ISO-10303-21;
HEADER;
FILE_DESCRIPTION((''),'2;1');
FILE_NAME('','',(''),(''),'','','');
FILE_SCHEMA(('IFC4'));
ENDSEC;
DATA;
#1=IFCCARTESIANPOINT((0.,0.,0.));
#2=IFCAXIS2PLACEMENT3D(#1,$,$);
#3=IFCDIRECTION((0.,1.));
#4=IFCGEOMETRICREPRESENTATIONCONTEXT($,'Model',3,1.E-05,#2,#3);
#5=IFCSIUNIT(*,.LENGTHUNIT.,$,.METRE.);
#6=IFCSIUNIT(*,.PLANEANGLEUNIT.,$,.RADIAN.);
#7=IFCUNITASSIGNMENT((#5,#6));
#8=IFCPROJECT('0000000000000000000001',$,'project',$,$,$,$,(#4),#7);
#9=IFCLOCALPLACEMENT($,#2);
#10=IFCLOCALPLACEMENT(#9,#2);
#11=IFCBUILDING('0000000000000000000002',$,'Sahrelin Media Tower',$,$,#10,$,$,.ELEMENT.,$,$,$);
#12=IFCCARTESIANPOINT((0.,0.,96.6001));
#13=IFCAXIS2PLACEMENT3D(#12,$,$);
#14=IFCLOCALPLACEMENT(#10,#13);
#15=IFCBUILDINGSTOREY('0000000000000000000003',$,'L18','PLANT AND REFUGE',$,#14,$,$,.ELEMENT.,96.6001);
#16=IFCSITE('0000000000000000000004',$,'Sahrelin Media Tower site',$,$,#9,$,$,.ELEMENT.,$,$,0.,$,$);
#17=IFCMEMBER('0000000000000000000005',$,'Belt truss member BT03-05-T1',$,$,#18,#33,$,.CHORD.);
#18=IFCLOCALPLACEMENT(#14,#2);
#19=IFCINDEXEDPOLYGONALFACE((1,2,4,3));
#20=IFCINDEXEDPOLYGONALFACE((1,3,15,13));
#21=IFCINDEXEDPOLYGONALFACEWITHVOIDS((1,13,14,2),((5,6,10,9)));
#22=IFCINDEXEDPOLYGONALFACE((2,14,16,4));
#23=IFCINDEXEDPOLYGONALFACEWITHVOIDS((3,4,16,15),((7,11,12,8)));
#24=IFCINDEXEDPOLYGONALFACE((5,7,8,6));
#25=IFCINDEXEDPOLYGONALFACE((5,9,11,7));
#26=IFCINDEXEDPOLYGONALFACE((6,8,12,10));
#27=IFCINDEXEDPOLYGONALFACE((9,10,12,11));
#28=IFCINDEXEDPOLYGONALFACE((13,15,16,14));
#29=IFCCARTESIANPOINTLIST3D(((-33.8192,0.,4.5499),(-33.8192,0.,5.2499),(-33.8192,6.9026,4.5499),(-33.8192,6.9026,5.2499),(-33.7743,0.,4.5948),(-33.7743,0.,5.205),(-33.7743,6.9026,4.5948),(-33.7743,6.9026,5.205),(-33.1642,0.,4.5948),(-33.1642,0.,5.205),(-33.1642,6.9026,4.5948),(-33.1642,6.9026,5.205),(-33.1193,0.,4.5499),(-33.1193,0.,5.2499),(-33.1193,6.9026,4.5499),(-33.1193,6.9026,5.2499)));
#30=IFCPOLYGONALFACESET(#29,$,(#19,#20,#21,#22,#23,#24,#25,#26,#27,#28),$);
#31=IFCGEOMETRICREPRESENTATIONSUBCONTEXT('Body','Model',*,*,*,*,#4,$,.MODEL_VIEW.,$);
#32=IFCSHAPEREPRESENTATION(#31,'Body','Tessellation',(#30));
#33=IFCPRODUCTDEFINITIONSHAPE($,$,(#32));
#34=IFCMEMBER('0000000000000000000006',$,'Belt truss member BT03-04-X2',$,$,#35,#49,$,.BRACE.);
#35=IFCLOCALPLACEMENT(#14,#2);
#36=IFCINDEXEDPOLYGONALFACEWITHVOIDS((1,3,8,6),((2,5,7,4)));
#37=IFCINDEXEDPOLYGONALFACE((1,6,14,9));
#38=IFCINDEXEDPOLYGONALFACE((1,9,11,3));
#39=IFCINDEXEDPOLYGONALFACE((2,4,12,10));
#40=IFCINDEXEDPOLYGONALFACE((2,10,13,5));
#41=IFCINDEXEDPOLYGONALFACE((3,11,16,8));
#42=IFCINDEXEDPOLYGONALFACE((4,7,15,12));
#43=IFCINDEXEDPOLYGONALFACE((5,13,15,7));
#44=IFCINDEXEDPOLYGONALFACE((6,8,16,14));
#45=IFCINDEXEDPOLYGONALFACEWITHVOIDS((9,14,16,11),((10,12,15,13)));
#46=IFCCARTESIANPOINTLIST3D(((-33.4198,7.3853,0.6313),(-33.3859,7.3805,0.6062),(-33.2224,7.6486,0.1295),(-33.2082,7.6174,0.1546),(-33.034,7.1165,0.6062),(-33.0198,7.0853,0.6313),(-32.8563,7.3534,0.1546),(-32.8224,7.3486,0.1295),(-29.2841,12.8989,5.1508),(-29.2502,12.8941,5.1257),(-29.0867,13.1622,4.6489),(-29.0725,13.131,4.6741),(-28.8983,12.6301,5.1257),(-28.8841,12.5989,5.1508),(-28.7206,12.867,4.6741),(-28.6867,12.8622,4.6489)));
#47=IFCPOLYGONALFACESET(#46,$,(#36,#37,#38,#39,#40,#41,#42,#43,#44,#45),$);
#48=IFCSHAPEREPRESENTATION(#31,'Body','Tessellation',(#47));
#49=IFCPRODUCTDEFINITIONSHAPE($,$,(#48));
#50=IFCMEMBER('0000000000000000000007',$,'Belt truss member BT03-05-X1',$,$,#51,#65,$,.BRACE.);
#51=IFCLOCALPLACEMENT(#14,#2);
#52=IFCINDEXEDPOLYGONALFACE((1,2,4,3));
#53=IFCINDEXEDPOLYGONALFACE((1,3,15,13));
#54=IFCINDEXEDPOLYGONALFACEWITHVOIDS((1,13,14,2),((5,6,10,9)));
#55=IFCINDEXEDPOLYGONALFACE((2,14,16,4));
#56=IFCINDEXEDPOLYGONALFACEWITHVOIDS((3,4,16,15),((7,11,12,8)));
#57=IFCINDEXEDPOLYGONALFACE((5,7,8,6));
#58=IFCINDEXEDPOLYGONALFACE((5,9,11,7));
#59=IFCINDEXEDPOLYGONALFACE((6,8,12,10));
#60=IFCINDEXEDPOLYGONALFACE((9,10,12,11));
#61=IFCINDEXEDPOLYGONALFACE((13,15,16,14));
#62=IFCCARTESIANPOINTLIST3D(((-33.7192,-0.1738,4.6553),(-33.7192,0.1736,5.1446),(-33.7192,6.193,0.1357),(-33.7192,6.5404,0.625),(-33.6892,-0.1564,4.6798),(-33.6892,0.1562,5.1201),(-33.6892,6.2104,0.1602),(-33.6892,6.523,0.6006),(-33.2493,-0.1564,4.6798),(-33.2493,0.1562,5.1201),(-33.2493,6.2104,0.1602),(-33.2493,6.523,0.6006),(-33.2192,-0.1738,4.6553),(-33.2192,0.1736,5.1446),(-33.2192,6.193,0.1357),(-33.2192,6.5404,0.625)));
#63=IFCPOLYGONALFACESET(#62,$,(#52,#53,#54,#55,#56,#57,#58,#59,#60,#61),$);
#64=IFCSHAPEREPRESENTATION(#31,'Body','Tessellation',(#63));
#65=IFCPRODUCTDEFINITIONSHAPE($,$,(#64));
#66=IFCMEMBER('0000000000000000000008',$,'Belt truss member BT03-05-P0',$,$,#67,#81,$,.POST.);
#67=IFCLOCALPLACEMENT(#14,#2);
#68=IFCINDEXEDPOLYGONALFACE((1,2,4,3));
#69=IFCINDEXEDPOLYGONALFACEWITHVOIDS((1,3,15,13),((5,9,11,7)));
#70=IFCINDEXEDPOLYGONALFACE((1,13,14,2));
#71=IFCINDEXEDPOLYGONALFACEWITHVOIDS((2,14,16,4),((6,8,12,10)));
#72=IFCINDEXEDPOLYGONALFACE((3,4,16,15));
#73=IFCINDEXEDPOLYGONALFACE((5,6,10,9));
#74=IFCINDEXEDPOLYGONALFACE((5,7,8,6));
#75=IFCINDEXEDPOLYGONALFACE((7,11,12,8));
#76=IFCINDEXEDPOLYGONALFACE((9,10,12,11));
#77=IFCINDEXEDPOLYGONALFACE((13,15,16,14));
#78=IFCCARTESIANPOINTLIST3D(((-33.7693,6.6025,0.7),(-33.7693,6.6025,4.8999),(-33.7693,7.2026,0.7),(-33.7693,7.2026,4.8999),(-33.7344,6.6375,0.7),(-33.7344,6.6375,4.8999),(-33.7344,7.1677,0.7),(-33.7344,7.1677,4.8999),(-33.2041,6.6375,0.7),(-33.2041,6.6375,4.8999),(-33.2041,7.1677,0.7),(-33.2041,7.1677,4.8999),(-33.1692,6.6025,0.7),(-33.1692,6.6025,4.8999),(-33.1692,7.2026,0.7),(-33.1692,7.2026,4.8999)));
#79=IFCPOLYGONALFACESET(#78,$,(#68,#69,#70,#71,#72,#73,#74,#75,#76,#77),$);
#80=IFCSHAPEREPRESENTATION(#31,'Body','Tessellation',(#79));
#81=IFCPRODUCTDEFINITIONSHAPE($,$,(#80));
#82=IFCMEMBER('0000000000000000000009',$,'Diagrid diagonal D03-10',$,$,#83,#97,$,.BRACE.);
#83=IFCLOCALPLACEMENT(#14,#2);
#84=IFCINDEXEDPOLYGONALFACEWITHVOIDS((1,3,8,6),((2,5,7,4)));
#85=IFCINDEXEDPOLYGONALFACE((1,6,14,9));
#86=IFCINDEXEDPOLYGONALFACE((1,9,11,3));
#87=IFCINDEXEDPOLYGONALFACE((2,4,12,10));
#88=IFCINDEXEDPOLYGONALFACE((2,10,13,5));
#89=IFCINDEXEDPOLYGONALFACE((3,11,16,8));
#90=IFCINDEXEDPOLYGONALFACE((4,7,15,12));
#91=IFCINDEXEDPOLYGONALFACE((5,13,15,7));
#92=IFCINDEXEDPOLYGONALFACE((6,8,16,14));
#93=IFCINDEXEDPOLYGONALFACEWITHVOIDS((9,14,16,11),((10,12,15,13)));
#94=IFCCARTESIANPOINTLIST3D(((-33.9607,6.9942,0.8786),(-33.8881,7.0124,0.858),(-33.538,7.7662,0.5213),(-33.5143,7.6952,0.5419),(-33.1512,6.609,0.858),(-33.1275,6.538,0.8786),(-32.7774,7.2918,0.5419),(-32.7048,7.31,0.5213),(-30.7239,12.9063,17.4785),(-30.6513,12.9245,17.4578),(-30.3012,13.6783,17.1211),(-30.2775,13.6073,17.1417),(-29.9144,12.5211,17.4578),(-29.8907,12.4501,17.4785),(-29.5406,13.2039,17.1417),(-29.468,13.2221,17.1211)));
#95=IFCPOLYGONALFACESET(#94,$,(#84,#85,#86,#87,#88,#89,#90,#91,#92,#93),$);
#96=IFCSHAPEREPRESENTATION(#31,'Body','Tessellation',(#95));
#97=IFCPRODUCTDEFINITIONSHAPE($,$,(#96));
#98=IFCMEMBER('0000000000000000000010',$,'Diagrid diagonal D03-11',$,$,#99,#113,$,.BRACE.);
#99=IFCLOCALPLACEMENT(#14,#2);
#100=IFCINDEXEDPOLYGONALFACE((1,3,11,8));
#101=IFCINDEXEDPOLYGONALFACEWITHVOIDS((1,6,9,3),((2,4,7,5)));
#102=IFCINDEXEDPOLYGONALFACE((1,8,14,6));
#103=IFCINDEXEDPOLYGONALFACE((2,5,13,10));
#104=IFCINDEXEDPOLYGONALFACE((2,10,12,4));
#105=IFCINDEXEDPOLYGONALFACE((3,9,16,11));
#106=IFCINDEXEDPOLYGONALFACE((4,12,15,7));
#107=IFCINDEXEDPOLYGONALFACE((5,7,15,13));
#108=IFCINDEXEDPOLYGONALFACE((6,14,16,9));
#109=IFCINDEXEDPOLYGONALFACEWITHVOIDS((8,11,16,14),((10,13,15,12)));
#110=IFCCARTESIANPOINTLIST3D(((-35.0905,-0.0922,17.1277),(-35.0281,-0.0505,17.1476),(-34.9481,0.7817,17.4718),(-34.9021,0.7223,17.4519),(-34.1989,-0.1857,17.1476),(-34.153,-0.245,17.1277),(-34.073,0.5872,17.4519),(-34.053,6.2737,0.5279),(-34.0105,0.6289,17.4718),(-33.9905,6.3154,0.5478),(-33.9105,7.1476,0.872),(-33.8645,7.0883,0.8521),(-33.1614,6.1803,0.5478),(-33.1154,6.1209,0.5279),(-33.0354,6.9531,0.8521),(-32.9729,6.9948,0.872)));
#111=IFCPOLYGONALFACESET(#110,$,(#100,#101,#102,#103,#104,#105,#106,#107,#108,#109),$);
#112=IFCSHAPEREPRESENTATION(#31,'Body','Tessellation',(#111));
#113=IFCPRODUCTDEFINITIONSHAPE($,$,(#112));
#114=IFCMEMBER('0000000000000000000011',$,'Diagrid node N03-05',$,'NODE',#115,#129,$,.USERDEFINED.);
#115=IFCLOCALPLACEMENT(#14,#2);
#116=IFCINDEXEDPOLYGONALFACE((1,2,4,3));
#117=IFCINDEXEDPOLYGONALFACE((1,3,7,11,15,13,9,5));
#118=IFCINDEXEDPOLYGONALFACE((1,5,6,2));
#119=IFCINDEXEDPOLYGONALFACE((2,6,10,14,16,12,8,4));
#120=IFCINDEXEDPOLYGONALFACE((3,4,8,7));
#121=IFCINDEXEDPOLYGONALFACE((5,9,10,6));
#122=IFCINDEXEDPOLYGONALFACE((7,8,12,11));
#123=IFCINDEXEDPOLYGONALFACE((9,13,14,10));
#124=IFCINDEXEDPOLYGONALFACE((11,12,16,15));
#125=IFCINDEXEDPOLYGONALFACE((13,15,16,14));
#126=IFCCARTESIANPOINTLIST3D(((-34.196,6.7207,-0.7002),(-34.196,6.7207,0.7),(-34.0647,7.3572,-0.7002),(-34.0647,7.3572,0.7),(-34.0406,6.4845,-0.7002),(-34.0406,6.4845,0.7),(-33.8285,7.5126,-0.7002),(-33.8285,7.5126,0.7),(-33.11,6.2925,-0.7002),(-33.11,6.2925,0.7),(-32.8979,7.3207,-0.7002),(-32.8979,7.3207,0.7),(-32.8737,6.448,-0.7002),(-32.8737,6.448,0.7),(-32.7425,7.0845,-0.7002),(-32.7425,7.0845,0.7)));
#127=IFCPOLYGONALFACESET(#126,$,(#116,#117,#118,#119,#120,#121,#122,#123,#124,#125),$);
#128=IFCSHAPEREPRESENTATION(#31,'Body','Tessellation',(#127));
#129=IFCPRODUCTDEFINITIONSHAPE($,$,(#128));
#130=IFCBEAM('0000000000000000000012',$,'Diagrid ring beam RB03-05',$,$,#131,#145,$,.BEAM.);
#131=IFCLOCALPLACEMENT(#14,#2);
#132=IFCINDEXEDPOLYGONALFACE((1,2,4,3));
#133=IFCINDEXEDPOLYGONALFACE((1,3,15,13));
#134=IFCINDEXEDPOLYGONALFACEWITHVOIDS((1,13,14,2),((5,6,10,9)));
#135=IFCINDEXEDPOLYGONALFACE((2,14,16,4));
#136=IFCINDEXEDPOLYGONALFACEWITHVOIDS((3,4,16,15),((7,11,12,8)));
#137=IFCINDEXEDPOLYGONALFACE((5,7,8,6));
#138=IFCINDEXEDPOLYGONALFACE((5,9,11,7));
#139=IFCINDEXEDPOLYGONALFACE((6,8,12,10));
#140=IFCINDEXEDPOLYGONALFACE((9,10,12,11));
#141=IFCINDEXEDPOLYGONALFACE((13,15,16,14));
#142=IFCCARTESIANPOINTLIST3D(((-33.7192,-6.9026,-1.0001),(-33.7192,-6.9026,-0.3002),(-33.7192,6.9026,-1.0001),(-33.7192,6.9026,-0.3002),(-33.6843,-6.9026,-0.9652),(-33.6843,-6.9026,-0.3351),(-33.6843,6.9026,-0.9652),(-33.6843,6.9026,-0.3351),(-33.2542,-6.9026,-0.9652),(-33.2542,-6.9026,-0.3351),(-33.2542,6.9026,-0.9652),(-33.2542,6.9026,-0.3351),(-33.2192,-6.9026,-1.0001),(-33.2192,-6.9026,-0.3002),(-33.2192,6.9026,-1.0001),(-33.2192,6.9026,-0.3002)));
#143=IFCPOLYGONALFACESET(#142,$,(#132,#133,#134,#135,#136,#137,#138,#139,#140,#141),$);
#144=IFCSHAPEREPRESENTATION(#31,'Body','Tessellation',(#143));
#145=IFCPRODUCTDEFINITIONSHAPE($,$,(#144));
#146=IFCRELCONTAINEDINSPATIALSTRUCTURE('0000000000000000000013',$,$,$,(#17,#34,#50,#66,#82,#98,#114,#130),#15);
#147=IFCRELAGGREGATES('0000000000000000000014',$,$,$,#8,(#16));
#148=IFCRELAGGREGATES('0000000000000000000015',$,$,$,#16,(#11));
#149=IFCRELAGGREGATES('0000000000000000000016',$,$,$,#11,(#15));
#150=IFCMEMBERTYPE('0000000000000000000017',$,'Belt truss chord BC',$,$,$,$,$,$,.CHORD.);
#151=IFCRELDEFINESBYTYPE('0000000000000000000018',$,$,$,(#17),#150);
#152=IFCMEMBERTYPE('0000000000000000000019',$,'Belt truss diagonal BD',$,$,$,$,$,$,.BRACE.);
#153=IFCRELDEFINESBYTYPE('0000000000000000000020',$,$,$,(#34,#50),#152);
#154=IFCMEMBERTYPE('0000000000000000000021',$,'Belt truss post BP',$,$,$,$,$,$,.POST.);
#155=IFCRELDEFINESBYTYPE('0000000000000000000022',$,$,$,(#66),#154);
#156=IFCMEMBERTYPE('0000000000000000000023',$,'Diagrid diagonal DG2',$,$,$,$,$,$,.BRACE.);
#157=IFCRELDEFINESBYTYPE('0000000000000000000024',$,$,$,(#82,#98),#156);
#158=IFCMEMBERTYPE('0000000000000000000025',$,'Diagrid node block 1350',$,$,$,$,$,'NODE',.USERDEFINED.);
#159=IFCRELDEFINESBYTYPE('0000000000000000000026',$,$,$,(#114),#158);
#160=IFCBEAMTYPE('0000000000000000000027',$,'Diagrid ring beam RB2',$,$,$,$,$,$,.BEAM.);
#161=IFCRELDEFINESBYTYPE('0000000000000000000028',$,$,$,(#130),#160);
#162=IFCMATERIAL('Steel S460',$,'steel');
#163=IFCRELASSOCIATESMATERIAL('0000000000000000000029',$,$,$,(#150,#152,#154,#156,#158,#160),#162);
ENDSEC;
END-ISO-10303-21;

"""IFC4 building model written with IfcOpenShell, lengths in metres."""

from ifc_helpers import new_model, si_unit, direction, frame, origin, origin_2d, place, context, subcontext, project, spatial, polyline, hollow_rectangle, outline, extrude, material, material_profile, profile_set, type_object, element, save


model = new_model("IFC4")

# Units and contexts
model_context = context("Model", 3, precision=1e-05, world=origin(), true_north=direction((0.0, 1.0)))
body_context = subcontext(model_context, "Body", "Model", "MODEL_VIEW")
ifc_project = project(units=[si_unit("LENGTHUNIT", "METRE"), si_unit("PLANEANGLEUNIT", "RADIAN")], contexts=[model_context])

# Site, building, storey
site_placement = place(None, origin())
site = spatial("IfcSite", under=ifc_project, at=site_placement, Name="Sahrelin Media Tower site", CompositionType="ELEMENT", RefElevation=0.0)
building_placement = place(site_placement, origin())
building = spatial("IfcBuilding", under=site, at=building_placement, Name="Sahrelin Media Tower", CompositionType="ELEMENT")
storey_placement = place(building_placement, frame((0.0, 0.0, 96.6001)))
storey = spatial("IfcBuildingStorey", under=building, at=storey_placement, Name="L18", Description="PLANT AND REFUGE", CompositionType="ELEMENT", Elevation=96.6001)

# Members
ifc_material_1 = material(Name="Steel S460", Category="steel")
ifc_material_profile_1 = material_profile(ifc_material_1, hollow_rectangle(XDim=0.7, YDim=0.7, WallThickness=0.0449, at=origin_2d()), Name="Belt truss chord BC")
ifc_profile_set_1 = profile_set([ifc_material_profile_1], Name="Steel S460")
member_type_1 = type_object("IfcMemberType", Name="Belt truss chord BC", PredefinedType="CHORD", material=ifc_profile_set_1)
member_1_placement = place(storey_placement, frame((-33.4692, 6.9026, 4.8999), z_axis=(0.0, -1.0, 0.0), x_axis=(1.0, 0.0, 0.0)))
element("IfcMember", 1, at=member_1_placement, inside=storey, type_object=member_type_1, Name="Belt truss member BT03-05-T1", PredefinedType="CHORD", context=body_context, shape_type="SweptSolid", body=[
    extrude(hollow_rectangle(XDim=0.7, YDim=0.7, WallThickness=0.0449, at=origin_2d()), origin(), (0.0, 0.0, 1.0), 6.9026),
])
ifc_material_profile_2 = material_profile(ifc_material_1, hollow_rectangle(XDim=0.5, YDim=0.6001, WallThickness=0.03, at=origin_2d()), Name="Belt truss diagonal BD")
ifc_profile_set_2 = profile_set([ifc_material_profile_2], Name="Steel S460")
member_type_2 = type_object("IfcMemberType", Name="Belt truss diagonal BD", PredefinedType="BRACE", material=ifc_profile_set_2)
member_2_placement = place(storey_placement, frame((-33.1211, 7.3669, 0.3804), z_axis=(0.501787, 0.66897, 0.548352), x_axis=(-0.799966, 0.600045, 0.0)))
element("IfcMember", 2, at=member_2_placement, inside=storey, type_object=member_type_2, Name="Belt truss member BT03-04-X2", PredefinedType="BRACE", context=body_context, shape_type="SweptSolid", body=[
    extrude(hollow_rectangle(XDim=0.5, YDim=0.6001, WallThickness=0.03, at=origin_2d()), origin(), (0.0, 0.0, 1.0), 8.2419),
])
member_3_placement = place(storey_placement, frame((-33.4692, 6.3667, 0.3804), z_axis=(0.0, -0.815433, 0.578852), x_axis=(1.0, 0.0, 0.0)))
element("IfcMember", 3, at=member_3_placement, inside=storey, type_object=member_type_2, Name="Belt truss member BT03-05-X1", PredefinedType="BRACE", context=body_context, shape_type="SweptSolid", body=[
    extrude(hollow_rectangle(XDim=0.5, YDim=0.6001, WallThickness=0.03, at=origin_2d()), origin(), (0.0, 0.0, 1.0), 7.8079),
])
ifc_material_profile_3 = material_profile(ifc_material_1, hollow_rectangle(XDim=0.6001, YDim=0.6001, WallThickness=0.0349, at=origin_2d()), Name="Belt truss post BP")
ifc_profile_set_3 = profile_set([ifc_material_profile_3], Name="Steel S460")
member_type_3 = type_object("IfcMemberType", Name="Belt truss post BP", PredefinedType="POST", material=ifc_profile_set_3)
member_4_placement = place(storey_placement, frame((-33.4692, 6.9026, 0.7), z_axis=(0.0, 0.0, 1.0), x_axis=(1.0, 0.0, 0.0)))
element("IfcMember", 4, at=member_4_placement, inside=storey, type_object=member_type_3, Name="Belt truss member BT03-05-P0", PredefinedType="POST", context=body_context, shape_type="SweptSolid", body=[
    extrude(hollow_rectangle(XDim=0.6001, YDim=0.6001, WallThickness=0.0349, at=origin_2d()), origin(), (0.0, 0.0, 1.0), 4.2),
])
ifc_material_profile_4 = material_profile(ifc_material_1, hollow_rectangle(XDim=0.95, YDim=0.95, WallThickness=0.0549, at=origin_2d()), Name="Diagrid diagonal DG2")
ifc_profile_set_4 = profile_set([ifc_material_profile_4], Name="Steel S460")
member_type_4 = type_object("IfcMemberType", Name="Diagrid diagonal DG2", PredefinedType="BRACE", material=ifc_profile_set_4)
member_5_placement = place(storey_placement, frame((-33.3328, 7.1521, 0.7), z_axis=(0.180666, 0.329989, 0.926535), x_axis=(-0.877144, 0.480227, 0.0)))
element("IfcMember", 5, at=member_5_placement, inside=storey, type_object=member_type_4, Name="Diagrid diagonal D03-10", PredefinedType="BRACE", context=body_context, shape_type="SweptSolid", body=[
    extrude(hollow_rectangle(XDim=0.95, YDim=0.95, WallThickness=0.0549, at=origin_2d()), origin(), (0.0, 0.0, 1.0), 17.916),
])
member_6_placement = place(storey_placement, frame((-33.5129, 6.6343, 0.7), z_axis=(-0.058263, -0.35746, 0.932109), x_axis=(0.986976, -0.160869, 0.0)))
element("IfcMember", 6, at=member_6_placement, inside=storey, type_object=member_type_4, Name="Diagrid diagonal D03-11", PredefinedType="BRACE", context=body_context, shape_type="SweptSolid", body=[
    extrude(hollow_rectangle(XDim=0.95, YDim=0.95, WallThickness=0.0549, at=origin_2d()), origin(), (0.0, 0.0, 1.0), 17.8088),
])
ifc_material_profile_5 = material_profile(ifc_material_1, outline(polyline([(0.4751, -0.5249), (0.675, -0.325), (0.675, 0.325), (0.4751, 0.5249), (-0.4751, 0.5249), (-0.675, 0.325), (-0.675, -0.325), (-0.4751, -0.5249), (0.4751, -0.5249)])), Name="Diagrid node block 1350")
ifc_profile_set_5 = profile_set([ifc_material_profile_5], Name="Steel S460")
member_type_5 = type_object("IfcMemberType", Name="Diagrid node block 1350", ElementType="NODE", PredefinedType="USERDEFINED", material=ifc_profile_set_5)
member_7_placement = place(storey_placement, frame((-33.4692, 6.9026, -0.7002), z_axis=(0.0, 0.0, 1.0), x_axis=(-0.979388, 0.201989, 0.0)))
element("IfcMember", 7, at=member_7_placement, inside=storey, type_object=member_type_5, Name="Diagrid node N03-05", ObjectType="NODE", PredefinedType="USERDEFINED", context=body_context, shape_type="SweptSolid", body=[
    extrude(outline(polyline([(0.4751, -0.5249), (0.675, -0.325), (0.675, 0.325), (0.4751, 0.5249), (-0.4751, 0.5249), (-0.675, 0.325), (-0.675, -0.325), (-0.4751, -0.5249), (0.4751, -0.5249)])), origin(), (0.0, 0.0, 1.0), 1.4001),
])

# Beam
ifc_material_profile_6 = material_profile(ifc_material_1, hollow_rectangle(XDim=0.5, YDim=0.7, WallThickness=0.0349, at=origin_2d()), Name="Diagrid ring beam RB2")
ifc_profile_set_6 = profile_set([ifc_material_profile_6], Name="Steel S460")
beam_type_1 = type_object("IfcBeamType", Name="Diagrid ring beam RB2", PredefinedType="BEAM", material=ifc_profile_set_6)
beam_1_placement = place(storey_placement, frame((-33.4692, 6.9026, -0.6501), z_axis=(0.0, -1.0, 0.0), x_axis=(1.0, 0.0, 0.0)))
element("IfcBeam", 8, at=beam_1_placement, inside=storey, type_object=beam_type_1, Name="Diagrid ring beam RB03-05", PredefinedType="BEAM", context=body_context, shape_type="SweptSolid", body=[
    extrude(hollow_rectangle(XDim=0.5, YDim=0.7, WallThickness=0.0349, at=origin_2d()), origin(), (0.0, 0.0, 1.0), 13.8052),
])

save(model, "model.ifc")
